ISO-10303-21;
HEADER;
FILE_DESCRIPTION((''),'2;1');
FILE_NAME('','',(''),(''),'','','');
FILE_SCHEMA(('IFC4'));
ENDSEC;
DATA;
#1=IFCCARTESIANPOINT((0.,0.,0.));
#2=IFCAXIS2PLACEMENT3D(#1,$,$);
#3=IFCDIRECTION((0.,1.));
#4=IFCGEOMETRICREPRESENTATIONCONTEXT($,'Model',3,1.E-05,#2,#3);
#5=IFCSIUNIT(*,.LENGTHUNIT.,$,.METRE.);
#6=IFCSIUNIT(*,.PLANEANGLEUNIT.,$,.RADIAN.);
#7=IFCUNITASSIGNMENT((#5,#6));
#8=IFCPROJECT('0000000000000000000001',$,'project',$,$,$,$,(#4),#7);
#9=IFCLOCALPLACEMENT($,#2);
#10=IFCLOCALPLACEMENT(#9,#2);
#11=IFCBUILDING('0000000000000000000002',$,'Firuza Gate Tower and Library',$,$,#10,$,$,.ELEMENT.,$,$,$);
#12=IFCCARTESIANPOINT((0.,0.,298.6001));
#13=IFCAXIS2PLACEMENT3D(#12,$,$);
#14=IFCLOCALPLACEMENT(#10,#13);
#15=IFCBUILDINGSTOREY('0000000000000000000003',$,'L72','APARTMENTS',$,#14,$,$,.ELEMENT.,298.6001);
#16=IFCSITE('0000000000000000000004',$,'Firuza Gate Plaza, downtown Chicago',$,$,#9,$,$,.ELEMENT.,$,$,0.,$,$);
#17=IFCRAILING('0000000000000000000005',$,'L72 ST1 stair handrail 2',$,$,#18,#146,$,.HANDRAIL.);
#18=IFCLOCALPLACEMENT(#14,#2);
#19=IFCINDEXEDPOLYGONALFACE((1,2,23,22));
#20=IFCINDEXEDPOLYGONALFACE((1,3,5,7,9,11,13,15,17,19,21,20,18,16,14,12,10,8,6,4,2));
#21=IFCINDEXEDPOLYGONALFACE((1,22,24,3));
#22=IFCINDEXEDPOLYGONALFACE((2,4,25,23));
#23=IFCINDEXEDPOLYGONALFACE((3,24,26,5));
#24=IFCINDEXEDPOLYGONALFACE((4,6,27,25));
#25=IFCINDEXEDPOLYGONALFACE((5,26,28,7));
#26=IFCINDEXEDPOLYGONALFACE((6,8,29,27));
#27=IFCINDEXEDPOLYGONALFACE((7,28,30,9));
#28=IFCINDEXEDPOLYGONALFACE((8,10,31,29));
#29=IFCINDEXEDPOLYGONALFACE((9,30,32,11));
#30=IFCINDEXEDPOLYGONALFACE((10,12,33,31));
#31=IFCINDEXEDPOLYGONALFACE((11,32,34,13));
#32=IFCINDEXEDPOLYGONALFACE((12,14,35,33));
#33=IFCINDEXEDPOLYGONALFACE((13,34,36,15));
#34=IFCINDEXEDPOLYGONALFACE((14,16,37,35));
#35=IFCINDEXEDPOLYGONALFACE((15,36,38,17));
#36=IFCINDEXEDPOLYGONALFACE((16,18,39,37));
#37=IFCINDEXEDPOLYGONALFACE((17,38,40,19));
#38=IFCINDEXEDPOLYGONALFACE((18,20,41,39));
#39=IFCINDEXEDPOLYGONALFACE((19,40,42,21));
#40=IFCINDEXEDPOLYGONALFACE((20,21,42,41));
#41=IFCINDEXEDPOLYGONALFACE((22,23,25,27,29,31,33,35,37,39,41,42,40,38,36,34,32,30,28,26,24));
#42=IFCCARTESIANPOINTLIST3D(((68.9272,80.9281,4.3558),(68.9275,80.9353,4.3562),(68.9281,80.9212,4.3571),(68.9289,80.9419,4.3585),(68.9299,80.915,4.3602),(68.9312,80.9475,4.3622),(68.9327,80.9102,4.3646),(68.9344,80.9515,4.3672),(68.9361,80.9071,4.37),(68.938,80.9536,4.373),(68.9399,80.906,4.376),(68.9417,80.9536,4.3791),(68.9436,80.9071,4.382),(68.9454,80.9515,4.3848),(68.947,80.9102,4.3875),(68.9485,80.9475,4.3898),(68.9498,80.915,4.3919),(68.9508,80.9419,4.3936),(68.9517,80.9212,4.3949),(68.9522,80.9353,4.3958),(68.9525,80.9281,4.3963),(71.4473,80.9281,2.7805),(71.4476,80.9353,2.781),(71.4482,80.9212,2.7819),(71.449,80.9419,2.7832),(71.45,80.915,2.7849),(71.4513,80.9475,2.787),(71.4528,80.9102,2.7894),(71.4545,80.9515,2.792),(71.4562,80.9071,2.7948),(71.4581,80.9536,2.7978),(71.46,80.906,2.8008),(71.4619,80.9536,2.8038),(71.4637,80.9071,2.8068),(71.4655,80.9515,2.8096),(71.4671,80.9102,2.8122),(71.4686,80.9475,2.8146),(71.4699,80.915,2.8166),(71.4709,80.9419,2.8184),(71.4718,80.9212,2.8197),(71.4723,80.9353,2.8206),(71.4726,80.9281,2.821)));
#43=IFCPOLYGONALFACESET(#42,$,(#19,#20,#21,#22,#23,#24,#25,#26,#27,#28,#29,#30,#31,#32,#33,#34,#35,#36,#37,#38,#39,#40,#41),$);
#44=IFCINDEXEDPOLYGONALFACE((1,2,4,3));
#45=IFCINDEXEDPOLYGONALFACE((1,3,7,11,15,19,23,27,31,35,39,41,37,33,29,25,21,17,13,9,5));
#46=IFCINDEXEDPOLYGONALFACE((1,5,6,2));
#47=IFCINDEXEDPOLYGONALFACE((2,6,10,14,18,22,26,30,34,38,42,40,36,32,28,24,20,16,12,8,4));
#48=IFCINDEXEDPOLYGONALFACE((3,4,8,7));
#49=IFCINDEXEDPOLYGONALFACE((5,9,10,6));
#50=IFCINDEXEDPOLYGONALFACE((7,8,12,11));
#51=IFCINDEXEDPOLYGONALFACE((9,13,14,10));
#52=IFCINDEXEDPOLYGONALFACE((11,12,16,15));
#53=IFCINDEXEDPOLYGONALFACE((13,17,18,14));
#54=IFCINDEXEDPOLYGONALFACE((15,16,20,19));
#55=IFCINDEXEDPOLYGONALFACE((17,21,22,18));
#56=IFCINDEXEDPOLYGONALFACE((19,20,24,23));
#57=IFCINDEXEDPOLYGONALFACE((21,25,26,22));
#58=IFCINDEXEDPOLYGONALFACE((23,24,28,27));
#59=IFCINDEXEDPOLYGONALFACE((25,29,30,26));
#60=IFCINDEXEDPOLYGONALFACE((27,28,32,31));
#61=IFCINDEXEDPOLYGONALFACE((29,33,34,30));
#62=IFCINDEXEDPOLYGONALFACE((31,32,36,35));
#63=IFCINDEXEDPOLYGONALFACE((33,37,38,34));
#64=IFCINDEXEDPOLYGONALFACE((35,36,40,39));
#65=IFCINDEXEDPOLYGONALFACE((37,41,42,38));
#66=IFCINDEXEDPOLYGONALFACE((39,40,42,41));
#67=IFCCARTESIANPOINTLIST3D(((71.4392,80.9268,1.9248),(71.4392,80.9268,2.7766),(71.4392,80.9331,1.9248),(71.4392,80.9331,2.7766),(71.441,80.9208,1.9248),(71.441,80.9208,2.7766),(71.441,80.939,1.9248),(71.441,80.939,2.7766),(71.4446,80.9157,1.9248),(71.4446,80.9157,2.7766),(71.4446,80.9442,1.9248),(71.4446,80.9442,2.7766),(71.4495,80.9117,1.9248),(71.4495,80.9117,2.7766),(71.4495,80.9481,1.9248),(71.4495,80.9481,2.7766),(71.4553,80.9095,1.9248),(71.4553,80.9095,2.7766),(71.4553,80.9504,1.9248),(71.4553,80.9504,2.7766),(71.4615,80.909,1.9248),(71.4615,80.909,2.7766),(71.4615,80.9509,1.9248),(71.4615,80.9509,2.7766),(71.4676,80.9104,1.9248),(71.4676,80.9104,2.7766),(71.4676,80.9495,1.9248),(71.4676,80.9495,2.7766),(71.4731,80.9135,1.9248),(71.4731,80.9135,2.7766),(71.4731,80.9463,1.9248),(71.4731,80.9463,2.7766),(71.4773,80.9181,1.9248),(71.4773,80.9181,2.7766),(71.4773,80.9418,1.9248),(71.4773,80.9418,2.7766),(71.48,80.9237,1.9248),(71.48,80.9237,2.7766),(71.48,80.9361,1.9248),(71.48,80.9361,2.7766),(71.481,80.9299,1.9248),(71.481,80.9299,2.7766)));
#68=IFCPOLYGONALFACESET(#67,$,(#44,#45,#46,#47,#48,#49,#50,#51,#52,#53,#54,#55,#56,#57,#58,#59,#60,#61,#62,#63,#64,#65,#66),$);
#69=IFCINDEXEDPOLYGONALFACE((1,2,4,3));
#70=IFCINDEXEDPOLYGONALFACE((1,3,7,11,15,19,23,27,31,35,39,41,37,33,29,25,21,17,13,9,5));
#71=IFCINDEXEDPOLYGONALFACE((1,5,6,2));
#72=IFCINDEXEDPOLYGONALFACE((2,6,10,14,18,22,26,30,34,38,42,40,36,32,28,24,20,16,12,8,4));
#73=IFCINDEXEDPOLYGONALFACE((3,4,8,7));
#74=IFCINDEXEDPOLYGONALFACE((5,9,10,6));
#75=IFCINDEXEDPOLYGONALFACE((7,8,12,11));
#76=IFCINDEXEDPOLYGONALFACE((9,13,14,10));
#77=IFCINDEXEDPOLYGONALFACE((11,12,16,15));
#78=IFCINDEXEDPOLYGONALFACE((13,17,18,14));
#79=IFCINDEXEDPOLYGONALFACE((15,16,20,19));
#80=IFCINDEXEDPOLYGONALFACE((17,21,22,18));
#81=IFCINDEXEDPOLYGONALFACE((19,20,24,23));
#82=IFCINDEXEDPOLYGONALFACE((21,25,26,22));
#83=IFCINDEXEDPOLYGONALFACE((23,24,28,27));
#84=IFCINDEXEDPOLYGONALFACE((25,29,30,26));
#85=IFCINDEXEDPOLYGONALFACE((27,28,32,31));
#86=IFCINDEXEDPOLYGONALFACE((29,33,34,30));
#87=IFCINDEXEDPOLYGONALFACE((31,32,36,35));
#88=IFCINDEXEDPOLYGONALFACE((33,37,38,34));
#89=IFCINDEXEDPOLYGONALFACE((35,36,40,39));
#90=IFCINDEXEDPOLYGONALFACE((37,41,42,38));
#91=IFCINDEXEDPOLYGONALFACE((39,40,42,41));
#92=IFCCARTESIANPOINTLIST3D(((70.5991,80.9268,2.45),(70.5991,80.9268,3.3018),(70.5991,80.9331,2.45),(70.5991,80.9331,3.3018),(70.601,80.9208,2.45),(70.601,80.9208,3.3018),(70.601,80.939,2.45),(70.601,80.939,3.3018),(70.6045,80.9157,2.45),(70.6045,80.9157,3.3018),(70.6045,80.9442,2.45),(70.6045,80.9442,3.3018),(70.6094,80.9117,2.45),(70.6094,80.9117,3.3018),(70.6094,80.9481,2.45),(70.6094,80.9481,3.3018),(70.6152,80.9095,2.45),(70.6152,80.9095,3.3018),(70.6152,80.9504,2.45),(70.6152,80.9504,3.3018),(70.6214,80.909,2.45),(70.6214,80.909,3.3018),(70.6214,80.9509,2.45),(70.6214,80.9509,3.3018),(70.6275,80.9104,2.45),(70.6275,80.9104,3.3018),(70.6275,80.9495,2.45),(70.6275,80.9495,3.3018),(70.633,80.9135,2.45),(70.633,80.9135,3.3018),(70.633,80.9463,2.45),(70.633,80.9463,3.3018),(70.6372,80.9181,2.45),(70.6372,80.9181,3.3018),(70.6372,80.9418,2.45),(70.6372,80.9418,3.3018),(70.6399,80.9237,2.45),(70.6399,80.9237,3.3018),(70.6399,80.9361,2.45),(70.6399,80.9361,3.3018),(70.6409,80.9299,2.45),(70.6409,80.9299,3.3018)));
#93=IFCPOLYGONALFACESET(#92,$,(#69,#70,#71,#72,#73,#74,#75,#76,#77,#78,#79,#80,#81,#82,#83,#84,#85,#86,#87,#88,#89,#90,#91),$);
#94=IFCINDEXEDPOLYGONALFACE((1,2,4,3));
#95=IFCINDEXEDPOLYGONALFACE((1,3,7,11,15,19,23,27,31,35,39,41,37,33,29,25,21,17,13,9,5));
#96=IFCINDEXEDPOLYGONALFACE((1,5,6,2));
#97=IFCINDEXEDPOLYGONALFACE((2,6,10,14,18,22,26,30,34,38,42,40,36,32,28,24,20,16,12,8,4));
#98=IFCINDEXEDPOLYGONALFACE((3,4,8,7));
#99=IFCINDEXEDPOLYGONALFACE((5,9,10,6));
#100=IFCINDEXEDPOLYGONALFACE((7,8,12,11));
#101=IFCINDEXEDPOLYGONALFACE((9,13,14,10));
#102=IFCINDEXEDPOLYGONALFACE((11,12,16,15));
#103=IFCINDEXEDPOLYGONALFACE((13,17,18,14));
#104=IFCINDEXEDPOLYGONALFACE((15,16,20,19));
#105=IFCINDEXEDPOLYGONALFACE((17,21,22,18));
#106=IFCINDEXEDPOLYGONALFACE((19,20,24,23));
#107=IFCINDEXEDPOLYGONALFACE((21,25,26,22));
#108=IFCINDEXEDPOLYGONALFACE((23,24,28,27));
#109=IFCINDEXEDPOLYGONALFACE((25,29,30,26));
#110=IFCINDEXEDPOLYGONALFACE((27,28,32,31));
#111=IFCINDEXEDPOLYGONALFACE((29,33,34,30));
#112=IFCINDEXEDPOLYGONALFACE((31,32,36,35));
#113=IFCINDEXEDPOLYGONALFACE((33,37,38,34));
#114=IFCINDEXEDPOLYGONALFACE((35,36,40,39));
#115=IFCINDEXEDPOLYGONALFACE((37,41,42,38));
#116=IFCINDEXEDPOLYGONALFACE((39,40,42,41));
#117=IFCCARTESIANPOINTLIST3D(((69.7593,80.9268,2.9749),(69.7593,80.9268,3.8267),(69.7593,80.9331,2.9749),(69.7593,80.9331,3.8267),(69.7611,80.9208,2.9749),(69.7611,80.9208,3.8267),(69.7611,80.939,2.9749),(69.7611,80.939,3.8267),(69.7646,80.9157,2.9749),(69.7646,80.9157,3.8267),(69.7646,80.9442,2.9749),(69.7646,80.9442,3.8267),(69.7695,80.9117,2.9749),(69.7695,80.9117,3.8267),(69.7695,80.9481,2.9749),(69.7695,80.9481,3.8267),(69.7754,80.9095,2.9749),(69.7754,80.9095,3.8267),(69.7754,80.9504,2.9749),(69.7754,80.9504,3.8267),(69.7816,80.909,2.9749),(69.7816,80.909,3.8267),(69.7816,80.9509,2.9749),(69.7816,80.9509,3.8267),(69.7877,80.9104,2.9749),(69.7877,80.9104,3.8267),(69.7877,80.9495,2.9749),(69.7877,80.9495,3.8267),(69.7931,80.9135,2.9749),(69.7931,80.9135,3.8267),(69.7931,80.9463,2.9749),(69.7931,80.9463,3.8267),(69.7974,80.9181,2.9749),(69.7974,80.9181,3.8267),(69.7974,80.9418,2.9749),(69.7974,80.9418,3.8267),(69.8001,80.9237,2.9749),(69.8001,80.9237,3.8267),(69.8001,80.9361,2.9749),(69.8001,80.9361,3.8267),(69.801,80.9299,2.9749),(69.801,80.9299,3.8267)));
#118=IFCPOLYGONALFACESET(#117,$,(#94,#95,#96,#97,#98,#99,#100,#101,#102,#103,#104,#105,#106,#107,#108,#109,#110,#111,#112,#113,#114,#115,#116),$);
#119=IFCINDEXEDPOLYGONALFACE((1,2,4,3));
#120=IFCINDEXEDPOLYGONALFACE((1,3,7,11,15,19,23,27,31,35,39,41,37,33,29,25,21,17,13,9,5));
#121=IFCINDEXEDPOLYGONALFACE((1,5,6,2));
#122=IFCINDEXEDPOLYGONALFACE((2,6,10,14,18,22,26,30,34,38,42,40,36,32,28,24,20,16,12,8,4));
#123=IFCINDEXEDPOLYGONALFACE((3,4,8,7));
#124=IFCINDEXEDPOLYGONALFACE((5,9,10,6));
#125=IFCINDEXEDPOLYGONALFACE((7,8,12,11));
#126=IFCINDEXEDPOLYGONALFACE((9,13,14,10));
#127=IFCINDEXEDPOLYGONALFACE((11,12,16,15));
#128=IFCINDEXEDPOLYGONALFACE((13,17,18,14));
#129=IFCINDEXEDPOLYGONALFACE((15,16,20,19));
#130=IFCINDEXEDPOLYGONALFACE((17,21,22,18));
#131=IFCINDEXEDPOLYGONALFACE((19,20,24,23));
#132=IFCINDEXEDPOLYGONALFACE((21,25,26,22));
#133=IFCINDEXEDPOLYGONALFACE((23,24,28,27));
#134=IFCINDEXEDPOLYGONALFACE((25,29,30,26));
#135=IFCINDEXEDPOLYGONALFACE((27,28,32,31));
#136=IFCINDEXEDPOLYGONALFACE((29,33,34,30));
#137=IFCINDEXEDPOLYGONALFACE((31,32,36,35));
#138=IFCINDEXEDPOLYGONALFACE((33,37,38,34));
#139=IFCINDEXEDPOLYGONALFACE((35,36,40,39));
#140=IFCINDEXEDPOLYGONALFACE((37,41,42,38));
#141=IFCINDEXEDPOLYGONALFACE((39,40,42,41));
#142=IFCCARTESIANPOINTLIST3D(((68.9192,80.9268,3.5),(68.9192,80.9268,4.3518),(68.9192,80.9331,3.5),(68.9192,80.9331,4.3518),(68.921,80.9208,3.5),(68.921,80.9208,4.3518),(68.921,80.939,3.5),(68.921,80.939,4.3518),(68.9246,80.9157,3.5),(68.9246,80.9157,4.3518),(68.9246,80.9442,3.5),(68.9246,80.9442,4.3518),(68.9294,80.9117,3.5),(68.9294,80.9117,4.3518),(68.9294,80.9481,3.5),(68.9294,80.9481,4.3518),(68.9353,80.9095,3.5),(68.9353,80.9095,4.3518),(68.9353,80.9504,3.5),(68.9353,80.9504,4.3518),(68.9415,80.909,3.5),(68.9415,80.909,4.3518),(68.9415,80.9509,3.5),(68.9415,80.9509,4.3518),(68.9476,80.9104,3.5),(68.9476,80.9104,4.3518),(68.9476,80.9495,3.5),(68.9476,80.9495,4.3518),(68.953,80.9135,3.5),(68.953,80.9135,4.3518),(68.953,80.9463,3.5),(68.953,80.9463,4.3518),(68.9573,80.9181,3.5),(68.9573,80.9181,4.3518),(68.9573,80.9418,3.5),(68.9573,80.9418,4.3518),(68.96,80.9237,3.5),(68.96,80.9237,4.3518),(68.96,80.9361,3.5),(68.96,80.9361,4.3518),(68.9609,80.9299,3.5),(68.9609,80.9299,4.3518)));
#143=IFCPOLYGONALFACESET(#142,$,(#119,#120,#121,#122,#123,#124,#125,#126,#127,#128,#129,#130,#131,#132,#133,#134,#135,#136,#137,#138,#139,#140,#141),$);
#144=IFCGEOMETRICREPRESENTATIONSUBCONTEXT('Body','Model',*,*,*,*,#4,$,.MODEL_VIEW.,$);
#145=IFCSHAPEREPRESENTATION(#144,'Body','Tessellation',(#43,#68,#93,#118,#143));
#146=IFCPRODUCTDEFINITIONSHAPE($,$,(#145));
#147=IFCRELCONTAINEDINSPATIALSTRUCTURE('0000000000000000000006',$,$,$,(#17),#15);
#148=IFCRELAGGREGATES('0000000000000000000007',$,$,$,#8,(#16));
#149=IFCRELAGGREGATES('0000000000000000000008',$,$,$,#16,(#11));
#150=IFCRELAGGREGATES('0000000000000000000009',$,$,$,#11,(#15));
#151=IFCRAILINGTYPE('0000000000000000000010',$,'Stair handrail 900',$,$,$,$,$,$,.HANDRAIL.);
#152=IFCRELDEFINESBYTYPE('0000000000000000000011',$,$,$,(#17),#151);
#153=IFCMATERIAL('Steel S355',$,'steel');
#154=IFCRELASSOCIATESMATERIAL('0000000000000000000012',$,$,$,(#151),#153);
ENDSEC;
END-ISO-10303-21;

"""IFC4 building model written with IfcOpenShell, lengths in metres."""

from ifc_helpers import new_model, si_unit, direction, frame, origin, origin_2d, place, context, subcontext, project, spatial, circle, extrude, material, type_object, element, save


model = new_model("IFC4")

# Units and contexts
model_context = context("Model", 3, precision=1e-05, world=origin(), true_north=direction((0.0, 1.0)))
body_context = subcontext(model_context, "Body", "Model", "MODEL_VIEW")
ifc_project = project(units=[si_unit("LENGTHUNIT", "METRE"), si_unit("PLANEANGLEUNIT", "RADIAN")], contexts=[model_context])

# Site, building, storey
site_placement = place(None, origin())
site = spatial("IfcSite", under=ifc_project, at=site_placement, Name="Firuza Gate Plaza, downtown Chicago", CompositionType="ELEMENT", RefElevation=0.0)
building_placement = place(site_placement, origin())
building = spatial("IfcBuilding", under=site, at=building_placement, Name="Firuza Gate Tower and Library", CompositionType="ELEMENT")
storey_placement = place(building_placement, frame((0.0, 0.0, 298.6001)))
storey = spatial("IfcBuildingStorey", under=building, at=storey_placement, Name="L72", Description="APARTMENTS", CompositionType="ELEMENT", Elevation=298.6001)

# Railing
ifc_material_1 = material(Name="Steel S355", Category="steel")
railing_type_1 = type_object("IfcRailingType", Name="Stair handrail 900", PredefinedType="HANDRAIL", material=ifc_material_1)
railing_1_placement = place(storey_placement, frame((71.46, 80.9299, 1.9248)))
element("IfcRailing", 1, at=railing_1_placement, inside=storey, type_object=railing_type_1, Name="L72 ST1 stair handrail 2", PredefinedType="HANDRAIL", context=body_context, shape_type="SweptSolid", body=[
    extrude(circle(Radius=0.0239, at=origin_2d()), frame((0.0, 0.0, 0.876), z_axis=(-0.847971, 0.0, 0.530043), x_axis=(0.0, -1.0, 0.0)), (0.0, 0.0, 1.0), 2.9719),
    extrude(circle(Radius=0.021, at=origin_2d()), origin(), (0.0, 0.0, 1.0), 0.8518),
    extrude(circle(Radius=0.021, at=origin_2d()), frame((-0.8401, 0.0, 0.5251)), (0.0, 0.0, 1.0), 0.8518),
    extrude(circle(Radius=0.021, at=origin_2d()), frame((-1.6799, 0.0, 1.05)), (0.0, 0.0, 1.0), 0.8518),
    extrude(circle(Radius=0.021, at=origin_2d()), frame((-2.52, 0.0, 1.5752)), (0.0, 0.0, 1.0), 0.8518),
])

save(model, "model.ifc")
